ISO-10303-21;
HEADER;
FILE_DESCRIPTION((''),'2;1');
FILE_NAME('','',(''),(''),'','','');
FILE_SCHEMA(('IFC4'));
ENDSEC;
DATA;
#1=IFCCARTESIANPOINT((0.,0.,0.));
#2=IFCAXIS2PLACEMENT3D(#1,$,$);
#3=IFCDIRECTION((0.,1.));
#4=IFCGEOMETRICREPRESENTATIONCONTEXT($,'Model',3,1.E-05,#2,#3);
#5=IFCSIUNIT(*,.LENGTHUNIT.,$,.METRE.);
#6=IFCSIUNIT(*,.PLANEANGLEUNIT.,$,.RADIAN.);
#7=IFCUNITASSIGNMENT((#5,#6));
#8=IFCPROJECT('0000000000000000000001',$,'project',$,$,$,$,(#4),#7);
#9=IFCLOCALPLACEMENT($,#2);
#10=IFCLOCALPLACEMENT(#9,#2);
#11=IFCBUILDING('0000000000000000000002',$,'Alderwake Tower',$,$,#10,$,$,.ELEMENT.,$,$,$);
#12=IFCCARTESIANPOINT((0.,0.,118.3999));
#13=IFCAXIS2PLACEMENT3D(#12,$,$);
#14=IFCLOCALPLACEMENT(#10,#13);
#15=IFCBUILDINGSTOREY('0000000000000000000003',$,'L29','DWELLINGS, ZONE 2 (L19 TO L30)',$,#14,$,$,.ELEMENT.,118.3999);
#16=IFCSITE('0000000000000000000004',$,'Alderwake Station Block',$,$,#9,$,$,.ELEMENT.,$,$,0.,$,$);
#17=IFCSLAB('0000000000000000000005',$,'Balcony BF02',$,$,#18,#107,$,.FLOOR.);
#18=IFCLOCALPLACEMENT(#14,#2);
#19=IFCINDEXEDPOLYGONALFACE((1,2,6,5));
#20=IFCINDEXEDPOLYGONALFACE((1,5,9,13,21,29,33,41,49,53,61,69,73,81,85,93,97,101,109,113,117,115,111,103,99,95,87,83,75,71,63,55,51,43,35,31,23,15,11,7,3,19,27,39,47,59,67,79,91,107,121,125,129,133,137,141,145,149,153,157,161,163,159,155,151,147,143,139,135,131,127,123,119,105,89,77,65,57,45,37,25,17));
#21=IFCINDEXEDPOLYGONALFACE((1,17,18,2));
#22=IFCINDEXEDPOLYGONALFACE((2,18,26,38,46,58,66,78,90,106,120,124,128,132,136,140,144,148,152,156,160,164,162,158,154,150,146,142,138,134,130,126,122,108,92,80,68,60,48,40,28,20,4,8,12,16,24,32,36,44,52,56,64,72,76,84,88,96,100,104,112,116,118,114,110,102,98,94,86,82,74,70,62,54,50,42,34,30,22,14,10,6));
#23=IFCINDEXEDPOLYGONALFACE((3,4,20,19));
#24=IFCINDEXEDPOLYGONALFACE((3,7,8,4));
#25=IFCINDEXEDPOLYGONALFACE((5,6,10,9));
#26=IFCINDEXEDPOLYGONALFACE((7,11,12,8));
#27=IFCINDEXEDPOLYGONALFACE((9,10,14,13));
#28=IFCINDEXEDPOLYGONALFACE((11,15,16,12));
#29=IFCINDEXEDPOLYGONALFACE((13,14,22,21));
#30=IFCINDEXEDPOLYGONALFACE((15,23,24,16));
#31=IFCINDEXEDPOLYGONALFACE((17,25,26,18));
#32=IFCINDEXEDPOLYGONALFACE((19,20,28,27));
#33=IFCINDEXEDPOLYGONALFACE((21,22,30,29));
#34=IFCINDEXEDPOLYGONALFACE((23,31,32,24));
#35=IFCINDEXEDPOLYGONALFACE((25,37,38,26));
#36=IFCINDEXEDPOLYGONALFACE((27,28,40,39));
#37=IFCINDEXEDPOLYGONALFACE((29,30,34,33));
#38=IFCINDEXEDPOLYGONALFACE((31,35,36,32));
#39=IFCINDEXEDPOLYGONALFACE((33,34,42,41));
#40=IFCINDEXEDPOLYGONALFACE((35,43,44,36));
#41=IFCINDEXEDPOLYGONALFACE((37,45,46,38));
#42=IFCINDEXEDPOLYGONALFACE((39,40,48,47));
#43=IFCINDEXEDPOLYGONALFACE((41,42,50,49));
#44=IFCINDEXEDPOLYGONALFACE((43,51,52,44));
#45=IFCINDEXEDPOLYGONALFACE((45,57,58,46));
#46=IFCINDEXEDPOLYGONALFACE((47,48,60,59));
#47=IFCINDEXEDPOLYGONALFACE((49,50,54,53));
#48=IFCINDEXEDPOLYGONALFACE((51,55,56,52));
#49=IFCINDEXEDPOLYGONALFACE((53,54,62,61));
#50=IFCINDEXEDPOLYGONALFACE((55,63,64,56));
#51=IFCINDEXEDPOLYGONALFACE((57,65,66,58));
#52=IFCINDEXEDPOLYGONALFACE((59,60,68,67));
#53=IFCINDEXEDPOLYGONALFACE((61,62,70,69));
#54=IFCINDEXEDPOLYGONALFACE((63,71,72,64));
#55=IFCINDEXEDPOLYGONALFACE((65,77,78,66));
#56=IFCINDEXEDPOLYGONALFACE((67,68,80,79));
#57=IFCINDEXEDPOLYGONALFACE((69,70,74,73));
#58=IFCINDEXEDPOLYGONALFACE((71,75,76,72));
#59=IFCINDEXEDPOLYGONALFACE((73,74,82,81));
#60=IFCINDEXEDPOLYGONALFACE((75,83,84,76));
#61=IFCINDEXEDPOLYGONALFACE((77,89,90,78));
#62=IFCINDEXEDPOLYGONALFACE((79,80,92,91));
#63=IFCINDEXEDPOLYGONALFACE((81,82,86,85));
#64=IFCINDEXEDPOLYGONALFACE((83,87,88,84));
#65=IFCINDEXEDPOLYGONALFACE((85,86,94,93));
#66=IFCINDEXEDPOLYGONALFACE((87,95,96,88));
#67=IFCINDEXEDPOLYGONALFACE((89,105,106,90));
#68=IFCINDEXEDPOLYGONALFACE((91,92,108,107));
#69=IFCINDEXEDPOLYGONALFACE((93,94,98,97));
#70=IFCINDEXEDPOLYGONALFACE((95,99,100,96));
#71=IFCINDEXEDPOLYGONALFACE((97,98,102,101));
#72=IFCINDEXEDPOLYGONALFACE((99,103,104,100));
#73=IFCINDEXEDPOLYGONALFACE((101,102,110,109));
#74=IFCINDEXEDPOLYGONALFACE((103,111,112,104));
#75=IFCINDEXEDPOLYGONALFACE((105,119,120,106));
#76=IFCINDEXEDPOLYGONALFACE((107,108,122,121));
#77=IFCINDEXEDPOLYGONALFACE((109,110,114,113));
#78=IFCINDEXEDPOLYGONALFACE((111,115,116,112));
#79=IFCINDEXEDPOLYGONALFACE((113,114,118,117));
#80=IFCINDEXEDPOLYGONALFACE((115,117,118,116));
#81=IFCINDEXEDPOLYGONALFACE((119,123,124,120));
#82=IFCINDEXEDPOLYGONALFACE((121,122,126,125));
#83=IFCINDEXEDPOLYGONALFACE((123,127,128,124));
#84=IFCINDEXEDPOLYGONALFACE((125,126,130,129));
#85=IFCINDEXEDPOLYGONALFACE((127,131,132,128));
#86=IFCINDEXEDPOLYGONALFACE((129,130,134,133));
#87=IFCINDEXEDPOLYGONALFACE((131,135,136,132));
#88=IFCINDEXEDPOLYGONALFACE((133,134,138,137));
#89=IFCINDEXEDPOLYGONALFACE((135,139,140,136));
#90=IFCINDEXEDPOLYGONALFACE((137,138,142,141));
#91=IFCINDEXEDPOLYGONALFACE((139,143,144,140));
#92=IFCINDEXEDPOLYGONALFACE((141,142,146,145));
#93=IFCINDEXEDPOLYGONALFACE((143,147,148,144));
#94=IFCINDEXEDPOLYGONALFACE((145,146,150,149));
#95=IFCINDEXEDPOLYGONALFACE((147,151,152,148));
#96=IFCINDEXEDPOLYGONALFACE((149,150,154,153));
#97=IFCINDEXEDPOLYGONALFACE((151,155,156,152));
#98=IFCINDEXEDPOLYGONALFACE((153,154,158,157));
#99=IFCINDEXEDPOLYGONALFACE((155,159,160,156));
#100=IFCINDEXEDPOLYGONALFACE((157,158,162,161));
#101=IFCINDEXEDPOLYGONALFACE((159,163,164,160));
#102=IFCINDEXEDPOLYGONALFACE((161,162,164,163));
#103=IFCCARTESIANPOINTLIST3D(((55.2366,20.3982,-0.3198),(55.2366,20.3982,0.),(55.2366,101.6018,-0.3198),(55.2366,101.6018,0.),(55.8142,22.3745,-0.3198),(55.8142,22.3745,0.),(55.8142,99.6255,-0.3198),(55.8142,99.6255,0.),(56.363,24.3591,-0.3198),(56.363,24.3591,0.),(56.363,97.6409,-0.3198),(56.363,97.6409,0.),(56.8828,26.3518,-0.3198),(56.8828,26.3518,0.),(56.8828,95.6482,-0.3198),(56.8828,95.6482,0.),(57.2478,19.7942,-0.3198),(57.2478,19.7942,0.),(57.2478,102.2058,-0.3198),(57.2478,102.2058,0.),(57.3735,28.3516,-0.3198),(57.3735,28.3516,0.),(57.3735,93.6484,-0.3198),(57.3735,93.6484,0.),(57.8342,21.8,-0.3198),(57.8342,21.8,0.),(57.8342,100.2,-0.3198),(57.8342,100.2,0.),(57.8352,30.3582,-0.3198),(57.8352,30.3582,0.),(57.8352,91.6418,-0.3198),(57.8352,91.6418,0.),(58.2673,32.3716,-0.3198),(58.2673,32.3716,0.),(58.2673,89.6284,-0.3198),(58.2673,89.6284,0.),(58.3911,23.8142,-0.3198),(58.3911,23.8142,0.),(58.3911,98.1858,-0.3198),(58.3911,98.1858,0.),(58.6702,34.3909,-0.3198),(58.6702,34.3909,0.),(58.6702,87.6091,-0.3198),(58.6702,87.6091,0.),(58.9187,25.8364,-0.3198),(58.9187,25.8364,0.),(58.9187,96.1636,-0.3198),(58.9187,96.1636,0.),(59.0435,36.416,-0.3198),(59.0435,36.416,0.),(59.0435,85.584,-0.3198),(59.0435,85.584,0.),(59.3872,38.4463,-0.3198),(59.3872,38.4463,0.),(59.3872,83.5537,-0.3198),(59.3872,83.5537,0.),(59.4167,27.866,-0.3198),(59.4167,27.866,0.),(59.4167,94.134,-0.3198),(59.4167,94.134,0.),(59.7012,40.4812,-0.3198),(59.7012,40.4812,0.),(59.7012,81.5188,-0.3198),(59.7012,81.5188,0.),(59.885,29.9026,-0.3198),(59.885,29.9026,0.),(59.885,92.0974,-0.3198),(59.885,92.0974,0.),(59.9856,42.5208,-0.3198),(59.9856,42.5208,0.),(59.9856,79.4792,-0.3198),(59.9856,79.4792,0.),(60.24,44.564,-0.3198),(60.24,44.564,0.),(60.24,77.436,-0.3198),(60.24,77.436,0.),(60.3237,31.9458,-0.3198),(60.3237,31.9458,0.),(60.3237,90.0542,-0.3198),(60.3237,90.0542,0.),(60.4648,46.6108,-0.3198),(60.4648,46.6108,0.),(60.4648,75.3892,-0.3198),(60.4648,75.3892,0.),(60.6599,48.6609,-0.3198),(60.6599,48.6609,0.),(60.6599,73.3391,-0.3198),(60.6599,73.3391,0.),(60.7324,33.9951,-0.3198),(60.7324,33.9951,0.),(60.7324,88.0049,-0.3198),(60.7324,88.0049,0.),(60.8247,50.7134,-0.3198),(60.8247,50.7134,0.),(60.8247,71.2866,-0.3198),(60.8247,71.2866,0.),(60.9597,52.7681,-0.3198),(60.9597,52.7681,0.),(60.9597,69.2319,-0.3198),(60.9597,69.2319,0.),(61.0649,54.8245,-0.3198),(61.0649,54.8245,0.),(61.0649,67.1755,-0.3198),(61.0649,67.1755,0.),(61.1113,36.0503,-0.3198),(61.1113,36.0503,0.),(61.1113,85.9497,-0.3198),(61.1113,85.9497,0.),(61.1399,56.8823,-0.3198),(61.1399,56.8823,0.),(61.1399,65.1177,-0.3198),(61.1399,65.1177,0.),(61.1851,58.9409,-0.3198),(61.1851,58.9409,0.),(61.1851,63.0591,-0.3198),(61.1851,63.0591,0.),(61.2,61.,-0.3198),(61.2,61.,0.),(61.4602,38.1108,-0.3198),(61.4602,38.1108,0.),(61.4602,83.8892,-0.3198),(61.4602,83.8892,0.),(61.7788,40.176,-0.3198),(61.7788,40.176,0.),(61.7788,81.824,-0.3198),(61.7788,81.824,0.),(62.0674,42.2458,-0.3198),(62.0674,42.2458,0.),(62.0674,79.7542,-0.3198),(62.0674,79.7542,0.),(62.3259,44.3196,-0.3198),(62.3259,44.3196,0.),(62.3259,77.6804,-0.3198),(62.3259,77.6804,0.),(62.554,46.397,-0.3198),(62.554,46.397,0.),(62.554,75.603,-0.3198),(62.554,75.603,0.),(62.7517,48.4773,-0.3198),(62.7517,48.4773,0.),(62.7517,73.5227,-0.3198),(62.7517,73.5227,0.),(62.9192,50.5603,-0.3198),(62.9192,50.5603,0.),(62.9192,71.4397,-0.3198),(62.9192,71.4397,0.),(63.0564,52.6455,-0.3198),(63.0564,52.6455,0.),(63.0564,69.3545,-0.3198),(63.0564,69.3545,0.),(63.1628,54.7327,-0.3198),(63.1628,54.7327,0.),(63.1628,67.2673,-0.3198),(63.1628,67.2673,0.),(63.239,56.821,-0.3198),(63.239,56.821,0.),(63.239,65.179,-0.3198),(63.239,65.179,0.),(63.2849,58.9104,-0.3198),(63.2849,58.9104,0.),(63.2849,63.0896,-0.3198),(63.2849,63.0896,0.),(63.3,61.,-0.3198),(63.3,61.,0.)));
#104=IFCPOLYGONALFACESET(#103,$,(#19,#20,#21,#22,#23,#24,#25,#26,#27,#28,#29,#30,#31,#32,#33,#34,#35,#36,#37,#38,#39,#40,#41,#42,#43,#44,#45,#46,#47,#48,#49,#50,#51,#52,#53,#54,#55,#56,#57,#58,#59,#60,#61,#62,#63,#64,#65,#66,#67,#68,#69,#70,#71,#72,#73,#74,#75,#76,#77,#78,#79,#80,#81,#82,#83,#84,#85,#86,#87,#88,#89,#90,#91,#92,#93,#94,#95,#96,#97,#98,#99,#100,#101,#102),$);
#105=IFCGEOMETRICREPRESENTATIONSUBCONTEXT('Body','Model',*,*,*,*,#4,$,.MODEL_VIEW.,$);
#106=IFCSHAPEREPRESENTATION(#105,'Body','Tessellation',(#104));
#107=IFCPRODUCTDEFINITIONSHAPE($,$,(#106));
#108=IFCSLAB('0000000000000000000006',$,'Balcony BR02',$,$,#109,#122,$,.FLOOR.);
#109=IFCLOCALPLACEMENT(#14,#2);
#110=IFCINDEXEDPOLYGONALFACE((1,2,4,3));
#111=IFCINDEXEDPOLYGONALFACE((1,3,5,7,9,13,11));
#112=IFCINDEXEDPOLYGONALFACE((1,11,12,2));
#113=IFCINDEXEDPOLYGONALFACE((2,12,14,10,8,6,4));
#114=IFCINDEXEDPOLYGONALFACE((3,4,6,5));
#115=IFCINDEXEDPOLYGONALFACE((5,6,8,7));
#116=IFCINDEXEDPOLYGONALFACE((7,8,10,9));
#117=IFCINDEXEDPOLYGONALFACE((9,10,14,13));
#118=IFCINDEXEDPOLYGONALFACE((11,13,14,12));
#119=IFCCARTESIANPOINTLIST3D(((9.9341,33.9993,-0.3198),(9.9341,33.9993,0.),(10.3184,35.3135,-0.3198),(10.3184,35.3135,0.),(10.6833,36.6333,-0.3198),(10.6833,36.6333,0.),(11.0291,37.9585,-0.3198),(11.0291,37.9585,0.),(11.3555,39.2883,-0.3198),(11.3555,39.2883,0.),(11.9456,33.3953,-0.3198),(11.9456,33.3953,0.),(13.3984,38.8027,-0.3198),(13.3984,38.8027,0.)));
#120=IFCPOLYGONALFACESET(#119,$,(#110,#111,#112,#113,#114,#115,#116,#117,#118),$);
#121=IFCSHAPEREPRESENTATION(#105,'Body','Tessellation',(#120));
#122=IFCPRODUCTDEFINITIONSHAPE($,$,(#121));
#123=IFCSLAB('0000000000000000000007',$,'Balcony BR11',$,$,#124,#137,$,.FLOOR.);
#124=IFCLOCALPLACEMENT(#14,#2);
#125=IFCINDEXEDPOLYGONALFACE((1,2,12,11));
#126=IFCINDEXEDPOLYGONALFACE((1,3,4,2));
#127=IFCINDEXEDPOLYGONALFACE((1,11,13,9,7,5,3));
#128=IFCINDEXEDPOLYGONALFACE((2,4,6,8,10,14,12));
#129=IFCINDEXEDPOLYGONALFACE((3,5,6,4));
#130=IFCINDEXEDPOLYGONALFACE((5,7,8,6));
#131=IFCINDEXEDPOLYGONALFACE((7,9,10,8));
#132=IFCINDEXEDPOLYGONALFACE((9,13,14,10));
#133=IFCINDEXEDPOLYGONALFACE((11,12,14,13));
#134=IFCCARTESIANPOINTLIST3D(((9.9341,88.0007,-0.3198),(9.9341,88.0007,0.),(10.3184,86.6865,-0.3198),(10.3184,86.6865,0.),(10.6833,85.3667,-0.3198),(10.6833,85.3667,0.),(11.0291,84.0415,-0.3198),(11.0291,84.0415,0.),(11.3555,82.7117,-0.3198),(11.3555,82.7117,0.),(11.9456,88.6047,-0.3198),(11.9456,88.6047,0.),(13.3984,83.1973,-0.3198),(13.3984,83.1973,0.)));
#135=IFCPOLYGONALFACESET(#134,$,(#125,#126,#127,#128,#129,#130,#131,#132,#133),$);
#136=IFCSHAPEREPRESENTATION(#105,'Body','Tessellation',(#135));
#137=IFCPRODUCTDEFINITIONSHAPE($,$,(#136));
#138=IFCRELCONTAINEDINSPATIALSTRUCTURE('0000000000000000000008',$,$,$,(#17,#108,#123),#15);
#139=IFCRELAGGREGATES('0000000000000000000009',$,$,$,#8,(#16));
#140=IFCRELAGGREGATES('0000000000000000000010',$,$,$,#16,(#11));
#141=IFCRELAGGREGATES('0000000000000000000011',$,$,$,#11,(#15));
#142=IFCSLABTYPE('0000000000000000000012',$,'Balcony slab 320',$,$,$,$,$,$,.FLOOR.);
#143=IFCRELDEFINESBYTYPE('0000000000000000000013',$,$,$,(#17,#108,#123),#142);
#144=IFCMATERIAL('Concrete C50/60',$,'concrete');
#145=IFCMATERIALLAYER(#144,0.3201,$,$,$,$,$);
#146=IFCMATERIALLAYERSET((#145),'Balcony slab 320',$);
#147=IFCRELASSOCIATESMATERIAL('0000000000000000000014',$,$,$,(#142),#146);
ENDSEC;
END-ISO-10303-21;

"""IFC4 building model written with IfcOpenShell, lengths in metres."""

from ifc_helpers import new_model, si_unit, direction, frame, origin, place, context, subcontext, project, spatial, polyline, outline, extrude, material, layer, layer_set, type_object, element, save


model = new_model("IFC4")

# Units and contexts
model_context = context("Model", 3, precision=1e-05, world=origin(), true_north=direction((0.0, 1.0)))
body_context = subcontext(model_context, "Body", "Model", "MODEL_VIEW")
ifc_project = project(units=[si_unit("LENGTHUNIT", "METRE"), si_unit("PLANEANGLEUNIT", "RADIAN")], contexts=[model_context])

# Site, building, storey
site_placement = place(None, origin())
site = spatial("IfcSite", under=ifc_project, at=site_placement, Name="Alderwake Station Block", CompositionType="ELEMENT", RefElevation=0.0)
building_placement = place(site_placement, origin())
building = spatial("IfcBuilding", under=site, at=building_placement, Name="Alderwake Tower", CompositionType="ELEMENT")
storey_placement = place(building_placement, frame((0.0, 0.0, 118.3999)))
storey = spatial("IfcBuildingStorey", under=building, at=storey_placement, Name="L29", Description="DWELLINGS, ZONE 2 (L19 TO L30)", CompositionType="ELEMENT", Elevation=118.3999)

# Slabs
ifc_material_1 = material(Name="Concrete C50/60", Category="concrete")
ifc_layer_1 = layer(ifc_material_1, 0.3201)
ifc_layer_set_1 = layer_set([ifc_layer_1], Name="Balcony slab 320")
slab_type_1 = type_object("IfcSlabType", Name="Balcony slab 320", PredefinedType="FLOOR", material=ifc_layer_set_1)
slab_1_placement = place(storey_placement, frame((0.0, 0.0, -0.3198)))
element("IfcSlab", 1, at=slab_1_placement, inside=storey, type_object=slab_type_1, Name="Balcony BF02", PredefinedType="FLOOR", context=body_context, shape_type="SweptSolid", body=[
    extrude(outline(polyline([(57.2478, 19.7942), (57.8342, 21.8), (58.3911, 23.8142), (58.9187, 25.8364), (59.4167, 27.866), (59.885, 29.9026), (60.3237, 31.9458), (60.7324, 33.9951), (61.1113, 36.0503), (61.4602, 38.1108), (61.7788, 40.176), (62.0674, 42.2458), (62.3259, 44.3196), (62.554, 46.397), (62.7517, 48.4773), (62.9192, 50.5603), (63.0564, 52.6455), (63.1628, 54.7327), (63.239, 56.821), (63.2849, 58.9104), (63.3, 61.0), (63.2849, 63.0896), (63.239, 65.179), (63.1628, 67.2673), (63.0564, 69.3545), (62.9192, 71.4397), (62.7517, 73.5227), (62.554, 75.603), (62.3259, 77.6804), (62.0674, 79.7542), (61.7788, 81.824), (61.4602, 83.8892), (61.1113, 85.9497), (60.7324, 88.0049), (60.3237, 90.0542), (59.885, 92.0974), (59.4167, 94.134), (58.9187, 96.1636), (58.3911, 98.1858), (57.8342, 100.2), (57.2478, 102.2058), (55.2366, 101.6018), (55.8142, 99.6255), (56.363, 97.6409), (56.8828, 95.6482), (57.3735, 93.6484), (57.8352, 91.6418), (58.2673, 89.6284), (58.6702, 87.6091), (59.0435, 85.584), (59.3872, 83.5537), (59.7012, 81.5188), (59.9856, 79.4792), (60.24, 77.436), (60.4648, 75.3892), (60.6599, 73.3391), (60.8247, 71.2866), (60.9597, 69.2319), (61.0649, 67.1755), (61.1399, 65.1177), (61.1851, 63.0591), (61.2, 61.0), (61.1851, 58.9409), (61.1399, 56.8823), (61.0649, 54.8245), (60.9597, 52.7681), (60.8247, 50.7134), (60.6599, 48.6609), (60.4648, 46.6108), (60.24, 44.564), (59.9856, 42.5208), (59.7012, 40.4812), (59.3872, 38.4463), (59.0435, 36.416), (58.6702, 34.3909), (58.2673, 32.3716), (57.8352, 30.3582), (57.3735, 28.3516), (56.8828, 26.3518), (56.363, 24.3591), (55.8142, 22.3745), (55.2366, 20.3982), (57.2478, 19.7942)])), origin(), (0.0, 0.0, 1.0), 0.3198),
])
slab_2_placement = place(storey_placement, frame((0.0, 0.0, -0.3198)))
element("IfcSlab", 2, at=slab_2_placement, inside=storey, type_object=slab_type_1, Name="Balcony BR02", PredefinedType="FLOOR", context=body_context, shape_type="SweptSolid", body=[
    extrude(outline(polyline([(9.9341, 33.9993), (11.9456, 33.3953), (13.3984, 38.8027), (11.3555, 39.2883), (11.0291, 37.9585), (10.6833, 36.6333), (10.3184, 35.3135), (9.9341, 33.9993)])), origin(), (0.0, 0.0, 1.0), 0.3198),
])
slab_3_placement = place(storey_placement, frame((0.0, 0.0, -0.3198)))
element("IfcSlab", 3, at=slab_3_placement, inside=storey, type_object=slab_type_1, Name="Balcony BR11", PredefinedType="FLOOR", context=body_context, shape_type="SweptSolid", body=[
    extrude(outline(polyline([(11.3555, 82.7117), (13.3984, 83.1973), (11.9456, 88.6047), (9.9341, 88.0007), (10.3184, 86.6865), (10.6833, 85.3667), (11.0291, 84.0415), (11.3555, 82.7117)])), origin(), (0.0, 0.0, 1.0), 0.3198),
])

save(model, "model.ifc")
